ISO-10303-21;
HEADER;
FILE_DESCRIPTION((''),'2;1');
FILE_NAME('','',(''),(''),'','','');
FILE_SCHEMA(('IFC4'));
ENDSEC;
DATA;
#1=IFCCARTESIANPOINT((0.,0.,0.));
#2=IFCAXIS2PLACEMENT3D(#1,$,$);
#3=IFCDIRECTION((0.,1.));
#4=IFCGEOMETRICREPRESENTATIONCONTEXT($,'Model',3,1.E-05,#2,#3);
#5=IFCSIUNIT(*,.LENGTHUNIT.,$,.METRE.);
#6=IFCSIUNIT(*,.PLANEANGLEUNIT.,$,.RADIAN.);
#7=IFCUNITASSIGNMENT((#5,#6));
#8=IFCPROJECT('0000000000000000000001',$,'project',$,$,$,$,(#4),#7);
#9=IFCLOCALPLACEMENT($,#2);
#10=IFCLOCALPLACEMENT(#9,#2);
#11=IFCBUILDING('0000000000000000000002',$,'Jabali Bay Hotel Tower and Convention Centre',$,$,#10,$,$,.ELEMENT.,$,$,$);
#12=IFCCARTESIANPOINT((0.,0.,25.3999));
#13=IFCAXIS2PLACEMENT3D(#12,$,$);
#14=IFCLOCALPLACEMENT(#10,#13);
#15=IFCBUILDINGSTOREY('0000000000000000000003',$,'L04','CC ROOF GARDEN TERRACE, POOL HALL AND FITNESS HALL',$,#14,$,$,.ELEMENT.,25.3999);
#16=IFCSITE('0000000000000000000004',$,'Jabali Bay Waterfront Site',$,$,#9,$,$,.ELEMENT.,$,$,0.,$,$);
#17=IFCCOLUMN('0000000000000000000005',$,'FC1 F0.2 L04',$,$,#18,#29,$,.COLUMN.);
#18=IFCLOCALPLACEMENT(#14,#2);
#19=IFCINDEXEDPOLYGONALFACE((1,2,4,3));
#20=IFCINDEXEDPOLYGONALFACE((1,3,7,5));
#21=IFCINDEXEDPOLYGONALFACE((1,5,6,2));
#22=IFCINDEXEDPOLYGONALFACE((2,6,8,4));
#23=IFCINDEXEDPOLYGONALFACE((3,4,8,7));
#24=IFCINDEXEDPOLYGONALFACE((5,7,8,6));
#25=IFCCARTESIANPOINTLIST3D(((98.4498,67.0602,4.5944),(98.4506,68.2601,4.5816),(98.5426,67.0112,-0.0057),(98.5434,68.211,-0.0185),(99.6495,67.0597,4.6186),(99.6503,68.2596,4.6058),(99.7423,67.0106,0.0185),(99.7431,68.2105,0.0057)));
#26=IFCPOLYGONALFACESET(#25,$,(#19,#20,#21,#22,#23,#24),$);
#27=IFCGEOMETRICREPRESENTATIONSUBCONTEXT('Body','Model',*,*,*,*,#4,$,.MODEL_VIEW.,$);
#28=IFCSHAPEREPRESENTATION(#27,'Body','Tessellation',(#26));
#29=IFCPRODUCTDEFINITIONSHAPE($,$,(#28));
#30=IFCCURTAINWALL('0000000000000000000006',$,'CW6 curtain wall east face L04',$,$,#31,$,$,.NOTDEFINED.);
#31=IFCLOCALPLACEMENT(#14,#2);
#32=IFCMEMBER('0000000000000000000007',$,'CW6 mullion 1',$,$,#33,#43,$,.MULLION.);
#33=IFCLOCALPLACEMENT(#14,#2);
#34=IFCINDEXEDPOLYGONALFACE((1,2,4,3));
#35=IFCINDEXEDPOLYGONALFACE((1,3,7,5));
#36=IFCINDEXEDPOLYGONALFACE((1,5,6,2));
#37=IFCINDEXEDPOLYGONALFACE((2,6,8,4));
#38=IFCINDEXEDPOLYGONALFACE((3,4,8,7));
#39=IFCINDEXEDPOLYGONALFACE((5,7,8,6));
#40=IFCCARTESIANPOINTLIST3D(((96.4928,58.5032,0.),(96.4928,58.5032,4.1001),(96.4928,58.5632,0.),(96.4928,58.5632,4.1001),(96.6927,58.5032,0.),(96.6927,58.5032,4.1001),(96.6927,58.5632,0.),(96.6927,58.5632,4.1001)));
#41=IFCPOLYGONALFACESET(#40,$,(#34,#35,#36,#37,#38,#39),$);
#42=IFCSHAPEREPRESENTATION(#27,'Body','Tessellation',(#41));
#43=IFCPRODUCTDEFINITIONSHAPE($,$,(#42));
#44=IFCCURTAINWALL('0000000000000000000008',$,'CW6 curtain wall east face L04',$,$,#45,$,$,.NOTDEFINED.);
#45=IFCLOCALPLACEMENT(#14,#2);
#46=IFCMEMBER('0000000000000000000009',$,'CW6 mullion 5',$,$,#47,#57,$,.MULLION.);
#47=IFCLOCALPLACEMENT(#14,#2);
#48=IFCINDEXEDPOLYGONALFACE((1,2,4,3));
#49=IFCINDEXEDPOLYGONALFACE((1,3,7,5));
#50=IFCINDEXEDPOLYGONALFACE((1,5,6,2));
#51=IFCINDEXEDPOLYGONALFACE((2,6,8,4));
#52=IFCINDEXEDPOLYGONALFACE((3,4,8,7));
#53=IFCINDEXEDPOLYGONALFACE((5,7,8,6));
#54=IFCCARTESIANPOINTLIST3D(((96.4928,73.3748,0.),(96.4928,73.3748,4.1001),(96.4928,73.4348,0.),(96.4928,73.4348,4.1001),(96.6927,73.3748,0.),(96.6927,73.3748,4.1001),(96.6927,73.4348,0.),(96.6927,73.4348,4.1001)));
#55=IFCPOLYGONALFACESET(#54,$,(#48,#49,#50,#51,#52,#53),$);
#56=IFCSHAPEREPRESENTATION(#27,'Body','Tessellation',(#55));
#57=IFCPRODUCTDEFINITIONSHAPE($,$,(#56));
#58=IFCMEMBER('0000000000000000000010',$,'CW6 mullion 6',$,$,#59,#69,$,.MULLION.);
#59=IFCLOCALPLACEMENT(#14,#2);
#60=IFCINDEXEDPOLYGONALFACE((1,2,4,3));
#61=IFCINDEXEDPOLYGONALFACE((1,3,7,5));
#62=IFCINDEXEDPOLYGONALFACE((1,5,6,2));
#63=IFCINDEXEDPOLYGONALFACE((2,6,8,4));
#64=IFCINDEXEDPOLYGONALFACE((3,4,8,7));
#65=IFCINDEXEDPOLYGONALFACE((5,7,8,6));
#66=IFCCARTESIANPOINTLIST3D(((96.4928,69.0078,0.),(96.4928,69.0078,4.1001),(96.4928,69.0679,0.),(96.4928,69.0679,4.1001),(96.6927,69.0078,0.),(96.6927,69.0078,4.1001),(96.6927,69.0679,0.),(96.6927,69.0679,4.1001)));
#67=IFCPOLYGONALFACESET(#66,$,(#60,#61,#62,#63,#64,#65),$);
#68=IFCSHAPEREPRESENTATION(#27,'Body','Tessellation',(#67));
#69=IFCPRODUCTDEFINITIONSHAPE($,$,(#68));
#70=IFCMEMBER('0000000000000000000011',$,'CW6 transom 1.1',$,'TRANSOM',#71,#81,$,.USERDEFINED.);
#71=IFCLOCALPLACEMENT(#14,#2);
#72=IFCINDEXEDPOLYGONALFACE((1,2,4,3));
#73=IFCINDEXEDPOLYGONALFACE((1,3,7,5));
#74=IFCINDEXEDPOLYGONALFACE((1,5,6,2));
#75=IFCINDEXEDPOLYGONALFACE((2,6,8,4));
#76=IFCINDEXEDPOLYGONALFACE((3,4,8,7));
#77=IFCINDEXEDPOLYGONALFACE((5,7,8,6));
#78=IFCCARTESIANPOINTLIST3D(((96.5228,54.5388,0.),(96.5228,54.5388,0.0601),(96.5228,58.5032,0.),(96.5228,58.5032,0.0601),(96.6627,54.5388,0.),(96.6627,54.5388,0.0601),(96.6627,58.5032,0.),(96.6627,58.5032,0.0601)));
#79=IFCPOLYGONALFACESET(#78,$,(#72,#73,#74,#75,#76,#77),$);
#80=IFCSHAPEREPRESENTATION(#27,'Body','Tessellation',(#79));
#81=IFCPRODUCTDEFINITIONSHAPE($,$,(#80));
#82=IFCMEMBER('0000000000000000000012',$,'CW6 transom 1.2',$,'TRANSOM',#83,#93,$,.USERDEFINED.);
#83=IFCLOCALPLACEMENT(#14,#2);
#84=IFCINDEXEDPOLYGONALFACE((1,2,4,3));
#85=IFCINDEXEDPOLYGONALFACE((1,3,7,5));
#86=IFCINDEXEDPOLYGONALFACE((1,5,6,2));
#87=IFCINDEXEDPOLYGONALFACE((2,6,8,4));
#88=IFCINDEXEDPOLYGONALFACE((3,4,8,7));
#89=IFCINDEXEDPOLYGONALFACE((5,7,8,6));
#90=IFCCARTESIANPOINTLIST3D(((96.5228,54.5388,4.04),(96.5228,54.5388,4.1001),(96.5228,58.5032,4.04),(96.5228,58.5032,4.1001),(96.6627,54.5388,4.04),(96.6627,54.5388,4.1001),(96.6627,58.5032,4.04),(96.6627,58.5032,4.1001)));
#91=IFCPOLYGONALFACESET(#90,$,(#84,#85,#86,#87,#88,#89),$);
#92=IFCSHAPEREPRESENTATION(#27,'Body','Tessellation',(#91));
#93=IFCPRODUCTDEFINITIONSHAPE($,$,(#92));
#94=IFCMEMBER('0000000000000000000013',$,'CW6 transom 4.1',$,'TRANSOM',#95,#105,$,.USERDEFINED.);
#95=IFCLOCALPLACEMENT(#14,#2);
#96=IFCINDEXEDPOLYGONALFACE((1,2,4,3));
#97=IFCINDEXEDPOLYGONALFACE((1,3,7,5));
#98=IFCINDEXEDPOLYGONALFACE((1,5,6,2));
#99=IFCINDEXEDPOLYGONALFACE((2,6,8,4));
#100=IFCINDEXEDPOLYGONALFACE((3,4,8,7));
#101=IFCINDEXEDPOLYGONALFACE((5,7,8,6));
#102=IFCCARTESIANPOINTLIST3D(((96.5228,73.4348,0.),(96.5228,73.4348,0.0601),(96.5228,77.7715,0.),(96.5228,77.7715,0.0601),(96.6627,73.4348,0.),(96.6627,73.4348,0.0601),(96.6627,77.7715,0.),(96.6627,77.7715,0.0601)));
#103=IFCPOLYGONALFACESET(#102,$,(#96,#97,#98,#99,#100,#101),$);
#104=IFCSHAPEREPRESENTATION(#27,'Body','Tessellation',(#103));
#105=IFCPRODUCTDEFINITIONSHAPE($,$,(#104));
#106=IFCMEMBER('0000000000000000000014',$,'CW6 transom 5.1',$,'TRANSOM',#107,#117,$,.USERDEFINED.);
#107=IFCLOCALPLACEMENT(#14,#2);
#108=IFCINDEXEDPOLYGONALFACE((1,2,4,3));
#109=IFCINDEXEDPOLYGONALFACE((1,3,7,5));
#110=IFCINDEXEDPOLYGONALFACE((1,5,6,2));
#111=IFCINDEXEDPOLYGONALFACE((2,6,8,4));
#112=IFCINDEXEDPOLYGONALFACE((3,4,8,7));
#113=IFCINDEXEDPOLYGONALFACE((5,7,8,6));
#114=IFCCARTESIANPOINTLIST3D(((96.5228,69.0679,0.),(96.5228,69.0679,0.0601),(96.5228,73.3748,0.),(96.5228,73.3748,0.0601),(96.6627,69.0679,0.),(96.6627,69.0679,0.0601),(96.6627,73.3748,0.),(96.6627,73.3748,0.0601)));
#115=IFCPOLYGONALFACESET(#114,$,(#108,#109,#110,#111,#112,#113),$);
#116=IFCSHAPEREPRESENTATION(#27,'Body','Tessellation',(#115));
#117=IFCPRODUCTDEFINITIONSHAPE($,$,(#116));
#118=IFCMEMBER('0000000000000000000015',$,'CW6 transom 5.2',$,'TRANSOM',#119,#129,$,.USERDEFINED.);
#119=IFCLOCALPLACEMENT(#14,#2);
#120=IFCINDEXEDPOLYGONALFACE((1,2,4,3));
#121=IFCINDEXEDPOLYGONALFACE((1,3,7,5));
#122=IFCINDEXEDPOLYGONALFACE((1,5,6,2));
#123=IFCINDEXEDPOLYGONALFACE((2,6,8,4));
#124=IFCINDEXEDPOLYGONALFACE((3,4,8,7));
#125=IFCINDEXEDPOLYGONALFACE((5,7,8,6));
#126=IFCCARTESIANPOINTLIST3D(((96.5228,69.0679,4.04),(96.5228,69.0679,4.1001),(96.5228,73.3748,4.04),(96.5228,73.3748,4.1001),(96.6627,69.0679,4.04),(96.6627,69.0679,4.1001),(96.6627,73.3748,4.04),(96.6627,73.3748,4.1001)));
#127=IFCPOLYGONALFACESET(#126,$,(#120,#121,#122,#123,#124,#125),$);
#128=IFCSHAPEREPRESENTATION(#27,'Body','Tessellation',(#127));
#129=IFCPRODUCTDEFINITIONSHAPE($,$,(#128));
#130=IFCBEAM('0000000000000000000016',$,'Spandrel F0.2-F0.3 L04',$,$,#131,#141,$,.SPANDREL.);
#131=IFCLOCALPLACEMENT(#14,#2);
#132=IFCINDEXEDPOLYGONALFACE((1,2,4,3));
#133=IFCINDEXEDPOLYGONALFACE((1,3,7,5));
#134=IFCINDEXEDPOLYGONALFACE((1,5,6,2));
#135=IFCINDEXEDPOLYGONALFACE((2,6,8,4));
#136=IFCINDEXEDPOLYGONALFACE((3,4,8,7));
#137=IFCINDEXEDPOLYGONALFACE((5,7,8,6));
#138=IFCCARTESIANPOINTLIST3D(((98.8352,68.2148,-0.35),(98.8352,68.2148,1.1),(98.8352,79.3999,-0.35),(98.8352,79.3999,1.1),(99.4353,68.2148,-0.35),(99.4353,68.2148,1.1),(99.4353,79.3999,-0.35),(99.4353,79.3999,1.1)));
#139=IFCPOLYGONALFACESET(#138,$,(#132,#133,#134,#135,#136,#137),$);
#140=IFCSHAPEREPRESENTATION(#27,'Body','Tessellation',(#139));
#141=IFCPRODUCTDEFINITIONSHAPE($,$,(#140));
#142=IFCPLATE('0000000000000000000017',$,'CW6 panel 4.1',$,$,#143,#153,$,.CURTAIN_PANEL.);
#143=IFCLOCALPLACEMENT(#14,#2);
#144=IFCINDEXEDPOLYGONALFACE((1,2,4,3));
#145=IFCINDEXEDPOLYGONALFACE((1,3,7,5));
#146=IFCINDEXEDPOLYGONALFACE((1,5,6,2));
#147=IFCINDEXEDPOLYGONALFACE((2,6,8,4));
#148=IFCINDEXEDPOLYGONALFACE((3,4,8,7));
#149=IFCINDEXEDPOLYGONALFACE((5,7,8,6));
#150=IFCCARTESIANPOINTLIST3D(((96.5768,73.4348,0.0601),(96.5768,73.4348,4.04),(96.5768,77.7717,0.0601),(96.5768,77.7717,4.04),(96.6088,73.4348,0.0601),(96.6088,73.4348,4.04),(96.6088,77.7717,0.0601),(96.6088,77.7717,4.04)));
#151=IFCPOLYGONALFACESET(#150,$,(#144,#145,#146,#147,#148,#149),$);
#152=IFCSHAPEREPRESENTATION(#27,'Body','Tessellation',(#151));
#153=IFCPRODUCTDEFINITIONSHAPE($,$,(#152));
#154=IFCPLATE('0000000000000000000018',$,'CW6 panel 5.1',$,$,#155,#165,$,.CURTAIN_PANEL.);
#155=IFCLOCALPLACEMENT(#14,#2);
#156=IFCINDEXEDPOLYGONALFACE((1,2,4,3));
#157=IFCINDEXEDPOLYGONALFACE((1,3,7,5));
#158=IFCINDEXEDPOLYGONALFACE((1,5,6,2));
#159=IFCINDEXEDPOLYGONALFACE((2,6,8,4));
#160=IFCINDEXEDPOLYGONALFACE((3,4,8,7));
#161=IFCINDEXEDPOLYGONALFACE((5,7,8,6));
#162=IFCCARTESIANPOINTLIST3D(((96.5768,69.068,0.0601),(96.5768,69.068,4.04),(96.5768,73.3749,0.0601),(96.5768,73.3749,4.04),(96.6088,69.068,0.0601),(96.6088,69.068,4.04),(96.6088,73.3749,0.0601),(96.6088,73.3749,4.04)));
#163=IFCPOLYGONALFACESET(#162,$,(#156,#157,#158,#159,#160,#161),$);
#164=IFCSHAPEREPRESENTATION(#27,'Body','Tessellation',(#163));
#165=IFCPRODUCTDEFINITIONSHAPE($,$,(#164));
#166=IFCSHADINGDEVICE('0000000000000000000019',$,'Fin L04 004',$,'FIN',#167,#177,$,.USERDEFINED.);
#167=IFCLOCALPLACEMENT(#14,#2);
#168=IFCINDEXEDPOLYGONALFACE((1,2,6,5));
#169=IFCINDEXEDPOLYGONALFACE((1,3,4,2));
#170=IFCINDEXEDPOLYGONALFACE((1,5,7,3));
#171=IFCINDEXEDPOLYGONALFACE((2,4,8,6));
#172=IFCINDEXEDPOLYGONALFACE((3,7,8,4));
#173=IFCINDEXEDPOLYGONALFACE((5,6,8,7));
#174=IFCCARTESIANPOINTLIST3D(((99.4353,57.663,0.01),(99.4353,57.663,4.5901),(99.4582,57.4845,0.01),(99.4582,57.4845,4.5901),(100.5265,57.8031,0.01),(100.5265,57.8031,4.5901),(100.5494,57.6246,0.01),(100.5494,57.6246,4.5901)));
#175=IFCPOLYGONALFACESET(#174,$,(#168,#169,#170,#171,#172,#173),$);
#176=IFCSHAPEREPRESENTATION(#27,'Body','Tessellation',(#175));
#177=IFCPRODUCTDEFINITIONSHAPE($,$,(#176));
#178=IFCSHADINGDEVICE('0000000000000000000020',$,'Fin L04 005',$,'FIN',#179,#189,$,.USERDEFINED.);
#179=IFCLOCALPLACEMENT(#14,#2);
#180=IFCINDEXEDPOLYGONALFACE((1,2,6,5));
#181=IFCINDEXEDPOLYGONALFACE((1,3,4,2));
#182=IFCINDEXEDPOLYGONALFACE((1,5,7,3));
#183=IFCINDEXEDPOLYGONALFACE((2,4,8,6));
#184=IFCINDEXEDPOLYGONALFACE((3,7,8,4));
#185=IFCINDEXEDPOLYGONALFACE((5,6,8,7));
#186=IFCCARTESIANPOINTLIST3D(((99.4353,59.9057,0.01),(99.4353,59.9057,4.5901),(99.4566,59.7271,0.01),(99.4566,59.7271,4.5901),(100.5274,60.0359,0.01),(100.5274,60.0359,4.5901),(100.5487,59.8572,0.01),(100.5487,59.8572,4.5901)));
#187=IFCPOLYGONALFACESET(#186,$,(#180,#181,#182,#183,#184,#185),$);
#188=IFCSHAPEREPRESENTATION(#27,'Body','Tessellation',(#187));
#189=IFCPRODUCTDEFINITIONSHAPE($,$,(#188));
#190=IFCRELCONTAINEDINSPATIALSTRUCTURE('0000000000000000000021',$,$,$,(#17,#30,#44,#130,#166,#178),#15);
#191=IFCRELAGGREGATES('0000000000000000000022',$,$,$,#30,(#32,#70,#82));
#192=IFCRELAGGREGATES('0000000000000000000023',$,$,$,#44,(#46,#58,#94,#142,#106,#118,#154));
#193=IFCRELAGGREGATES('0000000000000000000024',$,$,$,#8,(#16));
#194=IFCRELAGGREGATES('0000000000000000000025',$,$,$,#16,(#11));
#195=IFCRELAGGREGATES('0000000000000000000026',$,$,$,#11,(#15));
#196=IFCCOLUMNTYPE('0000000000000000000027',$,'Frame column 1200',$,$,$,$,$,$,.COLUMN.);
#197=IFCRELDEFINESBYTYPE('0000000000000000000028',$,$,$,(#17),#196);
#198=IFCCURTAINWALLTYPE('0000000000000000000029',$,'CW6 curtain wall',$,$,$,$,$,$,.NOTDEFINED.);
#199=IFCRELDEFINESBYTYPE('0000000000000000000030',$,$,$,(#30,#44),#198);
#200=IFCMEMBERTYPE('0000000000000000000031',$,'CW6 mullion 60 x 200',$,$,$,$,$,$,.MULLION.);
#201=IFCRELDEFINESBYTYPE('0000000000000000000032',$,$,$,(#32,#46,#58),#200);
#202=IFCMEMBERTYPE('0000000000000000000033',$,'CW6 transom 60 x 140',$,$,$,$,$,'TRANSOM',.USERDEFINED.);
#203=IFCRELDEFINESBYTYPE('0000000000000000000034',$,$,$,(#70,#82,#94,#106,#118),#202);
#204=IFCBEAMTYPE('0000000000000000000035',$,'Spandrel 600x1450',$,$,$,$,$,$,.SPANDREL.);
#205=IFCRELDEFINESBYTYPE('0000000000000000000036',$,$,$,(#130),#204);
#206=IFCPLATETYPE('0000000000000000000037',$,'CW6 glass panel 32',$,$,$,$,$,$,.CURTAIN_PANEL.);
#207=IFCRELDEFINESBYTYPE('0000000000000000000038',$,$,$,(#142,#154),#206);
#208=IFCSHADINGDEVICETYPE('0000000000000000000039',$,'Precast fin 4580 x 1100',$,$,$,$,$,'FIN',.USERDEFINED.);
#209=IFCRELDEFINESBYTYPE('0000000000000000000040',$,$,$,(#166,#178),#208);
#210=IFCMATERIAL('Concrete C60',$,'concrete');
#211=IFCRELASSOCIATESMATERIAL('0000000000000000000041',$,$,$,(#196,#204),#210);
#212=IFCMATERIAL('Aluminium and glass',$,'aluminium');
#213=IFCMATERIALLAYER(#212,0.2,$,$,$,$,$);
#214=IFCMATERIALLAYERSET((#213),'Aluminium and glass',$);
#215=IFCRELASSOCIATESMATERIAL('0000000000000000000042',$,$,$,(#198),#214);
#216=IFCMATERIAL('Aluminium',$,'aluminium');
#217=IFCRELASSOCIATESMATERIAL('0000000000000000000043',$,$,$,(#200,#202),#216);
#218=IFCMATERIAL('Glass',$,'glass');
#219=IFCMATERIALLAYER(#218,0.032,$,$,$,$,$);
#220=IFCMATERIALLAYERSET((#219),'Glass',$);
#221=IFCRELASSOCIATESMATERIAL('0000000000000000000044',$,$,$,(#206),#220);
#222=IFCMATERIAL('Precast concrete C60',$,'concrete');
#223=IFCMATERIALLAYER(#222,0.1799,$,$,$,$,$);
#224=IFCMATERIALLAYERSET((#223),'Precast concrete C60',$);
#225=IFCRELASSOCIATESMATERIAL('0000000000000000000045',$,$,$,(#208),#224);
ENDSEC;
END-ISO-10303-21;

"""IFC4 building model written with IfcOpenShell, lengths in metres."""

from ifc_helpers import new_model, si_unit, direction, frame, frame_2d, origin, origin_2d, place, context, subcontext, project, spatial, rectangle, extrude, material, layer, layer_set, material_profile, profile_set, type_object, element, aggregate, save


model = new_model("IFC4")

# Units and contexts
model_context = context("Model", 3, precision=1e-05, world=origin(), true_north=direction((0.0, 1.0)))
body_context = subcontext(model_context, "Body", "Model", "MODEL_VIEW")
ifc_project = project(units=[si_unit("LENGTHUNIT", "METRE"), si_unit("PLANEANGLEUNIT", "RADIAN")], contexts=[model_context])

# Site, building, storey
site_placement = place(None, origin())
site = spatial("IfcSite", under=ifc_project, at=site_placement, Name="Jabali Bay Waterfront Site", CompositionType="ELEMENT", RefElevation=0.0)
building_placement = place(site_placement, origin())
building = spatial("IfcBuilding", under=site, at=building_placement, Name="Jabali Bay Hotel Tower and Convention Centre", CompositionType="ELEMENT")
storey_placement = place(building_placement, frame((0.0, 0.0, 25.3999)))
storey = spatial("IfcBuildingStorey", under=building, at=storey_placement, Name="L04", Description="CC ROOF GARDEN TERRACE, POOL HALL AND FITNESS HALL", CompositionType="ELEMENT", Elevation=25.3999)

# Column
ifc_material_1 = material(Name="Concrete C60", Category="concrete")
ifc_material_profile_1 = material_profile(ifc_material_1, rectangle(XDim=1.2, YDim=1.2, at=origin_2d()), Name="Frame column 1200")
ifc_profile_set_1 = profile_set([ifc_material_profile_1], Name="Concrete C60")
column_type = type_object("IfcColumnType", Name="Frame column 1200", PredefinedType="COLUMN", material=ifc_profile_set_1)
column_placement = place(storey_placement, frame((99.1428, 67.6108, 0.0), z_axis=(-0.020162, 0.010665, 0.99974), x_axis=(-0.000653, -0.999943, 0.010654)))
element("IfcColumn", 1, at=column_placement, inside=storey, type_object=column_type, Name="FC1 F0.2 L04", PredefinedType="COLUMN", context=body_context, shape_type="SweptSolid", body=[
    extrude(rectangle(XDim=1.2, YDim=1.2, at=origin_2d()), origin(), (0.0, 0.0, 1.0), 4.6013),
])

# Curtain wall, member
ifc_material_2 = material(Name="Aluminium and glass", Category="aluminium")
ifc_layer_1 = layer(ifc_material_2, 0.2)
ifc_layer_set_1 = layer_set([ifc_layer_1], Name="Aluminium and glass")
curtain_wall_type = type_object("IfcCurtainWallType", Name="CW6 curtain wall", PredefinedType="NOTDEFINED", material=ifc_layer_set_1)
curtain_wall_1_placement = place(storey_placement, origin())
curtain_wall_1 = element("IfcCurtainWall", 2, at=curtain_wall_1_placement, inside=storey, type_object=curtain_wall_type, Name="CW6 curtain wall east face L04", PredefinedType="NOTDEFINED")
ifc_material_3 = material(Name="Aluminium", Category="aluminium")
ifc_material_profile_2 = material_profile(ifc_material_3, rectangle(XDim=0.2, YDim=0.0601, at=origin_2d()), Name="CW6 mullion 60 x 200")
ifc_profile_set_2 = profile_set([ifc_material_profile_2], Name="Aluminium")
member_type_1 = type_object("IfcMemberType", Name="CW6 mullion 60 x 200", PredefinedType="MULLION", material=ifc_profile_set_2)
member_1_placement = place(storey_placement, frame((96.5928, 58.5332, 0.0), z_axis=(0.0, 0.0, 1.0), x_axis=(1.0, 0.0, 0.0)))
member_1 = element("IfcMember", 3, at=member_1_placement, type_object=member_type_1, Name="CW6 mullion 1", PredefinedType="MULLION", context=body_context, shape_type="SweptSolid", body=[
    extrude(rectangle(XDim=0.2, YDim=0.0601, at=origin_2d()), origin(), (0.0, 0.0, 1.0), 4.1001),
])

# Curtain wall, members
curtain_wall_2_placement = place(storey_placement, origin())
curtain_wall_2 = element("IfcCurtainWall", 4, at=curtain_wall_2_placement, inside=storey, type_object=curtain_wall_type, Name="CW6 curtain wall east face L04", PredefinedType="NOTDEFINED")
member_2_placement = place(storey_placement, frame((96.5928, 73.4048, 0.0), z_axis=(0.0, 0.0, 1.0), x_axis=(1.0, 0.0, 0.0)))
member_2 = element("IfcMember", 5, at=member_2_placement, type_object=member_type_1, Name="CW6 mullion 5", PredefinedType="MULLION", context=body_context, shape_type="SweptSolid", body=[
    extrude(rectangle(XDim=0.2, YDim=0.0601, at=origin_2d()), origin(), (0.0, 0.0, 1.0), 4.1001),
])
member_3_placement = place(storey_placement, frame((96.5928, 69.0378, 0.0), z_axis=(0.0, 0.0, 1.0), x_axis=(1.0, 0.0, 0.0)))
member_3 = element("IfcMember", 6, at=member_3_placement, type_object=member_type_1, Name="CW6 mullion 6", PredefinedType="MULLION", context=body_context, shape_type="SweptSolid", body=[
    extrude(rectangle(XDim=0.2, YDim=0.0601, at=origin_2d()), origin(), (0.0, 0.0, 1.0), 4.1001),
])

# Members
ifc_material_profile_3 = material_profile(ifc_material_3, rectangle(XDim=0.1399, YDim=0.0601, at=origin_2d()), Name="CW6 transom 60 x 140")
ifc_profile_set_3 = profile_set([ifc_material_profile_3], Name="Aluminium")
member_type_2 = type_object("IfcMemberType", Name="CW6 transom 60 x 140", ElementType="TRANSOM", PredefinedType="USERDEFINED", material=ifc_profile_set_3)
member_4_placement = place(storey_placement, frame((96.5928, 58.5032, 0.03), z_axis=(0.0, -1.0, 0.0), x_axis=(1.0, 0.0, 0.0)))
member_4 = element("IfcMember", 7, at=member_4_placement, type_object=member_type_2, Name="CW6 transom 1.1", ObjectType="TRANSOM", PredefinedType="USERDEFINED", context=body_context, shape_type="SweptSolid", body=[
    extrude(rectangle(XDim=0.1399, YDim=0.0601, at=origin_2d()), origin(), (0.0, 0.0, 1.0), 3.9644),
])
member_5_placement = place(storey_placement, frame((96.5928, 58.5032, 4.0701), z_axis=(0.0, -1.0, 0.0), x_axis=(1.0, 0.0, 0.0)))
member_5 = element("IfcMember", 8, at=member_5_placement, type_object=member_type_2, Name="CW6 transom 1.2", ObjectType="TRANSOM", PredefinedType="USERDEFINED", context=body_context, shape_type="SweptSolid", body=[
    extrude(rectangle(XDim=0.1399, YDim=0.0601, at=origin_2d()), origin(), (0.0, 0.0, 1.0), 3.9644),
])
aggregate(curtain_wall_1, [member_1, member_4, member_5])
member_6_placement = place(storey_placement, frame((96.5928, 77.7715, 0.03), z_axis=(0.0, -1.0, 0.0), x_axis=(1.0, 0.0, 0.0)))
member_6 = element("IfcMember", 9, at=member_6_placement, type_object=member_type_2, Name="CW6 transom 4.1", ObjectType="TRANSOM", PredefinedType="USERDEFINED", context=body_context, shape_type="SweptSolid", body=[
    extrude(rectangle(XDim=0.1399, YDim=0.0601, at=origin_2d()), origin(), (0.0, 0.0, 1.0), 4.3367),
])
member_7_placement = place(storey_placement, frame((96.5928, 73.3748, 0.03), z_axis=(0.0, -1.0, 0.0), x_axis=(1.0, 0.0, 0.0)))
member_7 = element("IfcMember", 10, at=member_7_placement, type_object=member_type_2, Name="CW6 transom 5.1", ObjectType="TRANSOM", PredefinedType="USERDEFINED", context=body_context, shape_type="SweptSolid", body=[
    extrude(rectangle(XDim=0.1399, YDim=0.0601, at=origin_2d()), origin(), (0.0, 0.0, 1.0), 4.3069),
])
member_8_placement = place(storey_placement, frame((96.5928, 73.3748, 4.0701), z_axis=(0.0, -1.0, 0.0), x_axis=(1.0, 0.0, 0.0)))
member_8 = element("IfcMember", 11, at=member_8_placement, type_object=member_type_2, Name="CW6 transom 5.2", ObjectType="TRANSOM", PredefinedType="USERDEFINED", context=body_context, shape_type="SweptSolid", body=[
    extrude(rectangle(XDim=0.1399, YDim=0.0601, at=origin_2d()), origin(), (0.0, 0.0, 1.0), 4.3069),
])

# Beam
ifc_material_profile_4 = material_profile(ifc_material_1, rectangle(XDim=0.6001, YDim=1.45, at=origin_2d()), Name="Spandrel 600x1450")
ifc_profile_set_4 = profile_set([ifc_material_profile_4], Name="Concrete C60")
beam_type = type_object("IfcBeamType", Name="Spandrel 600x1450", PredefinedType="SPANDREL", material=ifc_profile_set_4)
beam_placement = place(storey_placement, frame((99.1353, 68.2148, 0.375), z_axis=(0.0, 1.0, 0.0), x_axis=(-1.0, 0.0, 0.0)))
element("IfcBeam", 12, at=beam_placement, inside=storey, type_object=beam_type, Name="Spandrel F0.2-F0.3 L04", PredefinedType="SPANDREL", context=body_context, shape_type="SweptSolid", body=[
    extrude(rectangle(XDim=0.6001, YDim=1.45, at=origin_2d()), origin(), (0.0, 0.0, 1.0), 11.1851),
])

# Plates
ifc_material_4 = material(Name="Glass", Category="glass")
ifc_layer_2 = layer(ifc_material_4, 0.032)
ifc_layer_set_2 = layer_set([ifc_layer_2], Name="Glass")
plate_type = type_object("IfcPlateType", Name="CW6 glass panel 32", PredefinedType="CURTAIN_PANEL", material=ifc_layer_set_2)
plate_1_placement = place(storey_placement, frame((96.5928, 75.6033, 0.0601), z_axis=(0.0, 0.0, 1.0), x_axis=(0.0, -1.0, 0.0)))
plate_1 = element("IfcPlate", 13, at=plate_1_placement, type_object=plate_type, Name="CW6 panel 4.1", PredefinedType="CURTAIN_PANEL", context=body_context, shape_type="SweptSolid", body=[
    extrude(rectangle(XDim=4.3369, YDim=0.032, at=origin_2d()), origin(), (0.0, 0.0, 1.0), 3.98),
])
plate_2_placement = place(storey_placement, frame((96.5928, 71.2214, 0.0601), z_axis=(0.0, 0.0, 1.0), x_axis=(0.0, -1.0, 0.0)))
plate_2 = element("IfcPlate", 14, at=plate_2_placement, type_object=plate_type, Name="CW6 panel 5.1", PredefinedType="CURTAIN_PANEL", context=body_context, shape_type="SweptSolid", body=[
    extrude(rectangle(XDim=4.3069, YDim=0.032, at=origin_2d()), origin(), (0.0, 0.0, 1.0), 3.98),
])
aggregate(curtain_wall_2, [member_2, member_3, member_6, plate_1, member_7, member_8, plate_2])

# Shading devices
ifc_material_5 = material(Name="Precast concrete C60", Category="concrete")
ifc_layer_3 = layer(ifc_material_5, 0.1799)
ifc_layer_set_3 = layer_set([ifc_layer_3], Name="Precast concrete C60")
shading_device_type_1 = type_object("IfcShadingDeviceType", Name="Precast fin 4580 x 1100", ElementType="FIN", PredefinedType="USERDEFINED", material=ifc_layer_set_3)
shading_device_1_placement = place(storey_placement, frame((99.4468, 57.5737, 0.01), z_axis=(0.0, 0.0, 1.0), x_axis=(0.991852, 0.127394, 0.0)))
element("IfcShadingDevice", 15, at=shading_device_1_placement, inside=storey, type_object=shading_device_type_1, Name="Fin L04 004", ObjectType="FIN", PredefinedType="USERDEFINED", context=body_context, shape_type="SweptSolid", body=[
    extrude(rectangle(XDim=1.1001, YDim=0.1799, at=frame_2d((0.55, 0.0))), origin(), (0.0, 0.0, 1.0), 4.5801),
])
for number, where, z_axis, x_axis, name in (
    (16, (99.446, 59.8164, 0.01), (0.0, 0.0, 1.0), (0.992975, 0.118322, 0.0), "Fin L04 005"),
):
    element("IfcShadingDevice", number, at=place(storey_placement, frame(where, z_axis=z_axis, x_axis=x_axis)), inside=storey, type_object=shading_device_type_1, Name=name, ObjectType="FIN", PredefinedType="USERDEFINED", context=body_context, shape_type="SweptSolid", body=[
        extrude(rectangle(XDim=1.0999, YDim=0.1799, at=frame_2d((0.5498, 0.0))), origin(), (0.0, 0.0, 1.0), 4.5801),
    ])

save(model, "model.ifc")
